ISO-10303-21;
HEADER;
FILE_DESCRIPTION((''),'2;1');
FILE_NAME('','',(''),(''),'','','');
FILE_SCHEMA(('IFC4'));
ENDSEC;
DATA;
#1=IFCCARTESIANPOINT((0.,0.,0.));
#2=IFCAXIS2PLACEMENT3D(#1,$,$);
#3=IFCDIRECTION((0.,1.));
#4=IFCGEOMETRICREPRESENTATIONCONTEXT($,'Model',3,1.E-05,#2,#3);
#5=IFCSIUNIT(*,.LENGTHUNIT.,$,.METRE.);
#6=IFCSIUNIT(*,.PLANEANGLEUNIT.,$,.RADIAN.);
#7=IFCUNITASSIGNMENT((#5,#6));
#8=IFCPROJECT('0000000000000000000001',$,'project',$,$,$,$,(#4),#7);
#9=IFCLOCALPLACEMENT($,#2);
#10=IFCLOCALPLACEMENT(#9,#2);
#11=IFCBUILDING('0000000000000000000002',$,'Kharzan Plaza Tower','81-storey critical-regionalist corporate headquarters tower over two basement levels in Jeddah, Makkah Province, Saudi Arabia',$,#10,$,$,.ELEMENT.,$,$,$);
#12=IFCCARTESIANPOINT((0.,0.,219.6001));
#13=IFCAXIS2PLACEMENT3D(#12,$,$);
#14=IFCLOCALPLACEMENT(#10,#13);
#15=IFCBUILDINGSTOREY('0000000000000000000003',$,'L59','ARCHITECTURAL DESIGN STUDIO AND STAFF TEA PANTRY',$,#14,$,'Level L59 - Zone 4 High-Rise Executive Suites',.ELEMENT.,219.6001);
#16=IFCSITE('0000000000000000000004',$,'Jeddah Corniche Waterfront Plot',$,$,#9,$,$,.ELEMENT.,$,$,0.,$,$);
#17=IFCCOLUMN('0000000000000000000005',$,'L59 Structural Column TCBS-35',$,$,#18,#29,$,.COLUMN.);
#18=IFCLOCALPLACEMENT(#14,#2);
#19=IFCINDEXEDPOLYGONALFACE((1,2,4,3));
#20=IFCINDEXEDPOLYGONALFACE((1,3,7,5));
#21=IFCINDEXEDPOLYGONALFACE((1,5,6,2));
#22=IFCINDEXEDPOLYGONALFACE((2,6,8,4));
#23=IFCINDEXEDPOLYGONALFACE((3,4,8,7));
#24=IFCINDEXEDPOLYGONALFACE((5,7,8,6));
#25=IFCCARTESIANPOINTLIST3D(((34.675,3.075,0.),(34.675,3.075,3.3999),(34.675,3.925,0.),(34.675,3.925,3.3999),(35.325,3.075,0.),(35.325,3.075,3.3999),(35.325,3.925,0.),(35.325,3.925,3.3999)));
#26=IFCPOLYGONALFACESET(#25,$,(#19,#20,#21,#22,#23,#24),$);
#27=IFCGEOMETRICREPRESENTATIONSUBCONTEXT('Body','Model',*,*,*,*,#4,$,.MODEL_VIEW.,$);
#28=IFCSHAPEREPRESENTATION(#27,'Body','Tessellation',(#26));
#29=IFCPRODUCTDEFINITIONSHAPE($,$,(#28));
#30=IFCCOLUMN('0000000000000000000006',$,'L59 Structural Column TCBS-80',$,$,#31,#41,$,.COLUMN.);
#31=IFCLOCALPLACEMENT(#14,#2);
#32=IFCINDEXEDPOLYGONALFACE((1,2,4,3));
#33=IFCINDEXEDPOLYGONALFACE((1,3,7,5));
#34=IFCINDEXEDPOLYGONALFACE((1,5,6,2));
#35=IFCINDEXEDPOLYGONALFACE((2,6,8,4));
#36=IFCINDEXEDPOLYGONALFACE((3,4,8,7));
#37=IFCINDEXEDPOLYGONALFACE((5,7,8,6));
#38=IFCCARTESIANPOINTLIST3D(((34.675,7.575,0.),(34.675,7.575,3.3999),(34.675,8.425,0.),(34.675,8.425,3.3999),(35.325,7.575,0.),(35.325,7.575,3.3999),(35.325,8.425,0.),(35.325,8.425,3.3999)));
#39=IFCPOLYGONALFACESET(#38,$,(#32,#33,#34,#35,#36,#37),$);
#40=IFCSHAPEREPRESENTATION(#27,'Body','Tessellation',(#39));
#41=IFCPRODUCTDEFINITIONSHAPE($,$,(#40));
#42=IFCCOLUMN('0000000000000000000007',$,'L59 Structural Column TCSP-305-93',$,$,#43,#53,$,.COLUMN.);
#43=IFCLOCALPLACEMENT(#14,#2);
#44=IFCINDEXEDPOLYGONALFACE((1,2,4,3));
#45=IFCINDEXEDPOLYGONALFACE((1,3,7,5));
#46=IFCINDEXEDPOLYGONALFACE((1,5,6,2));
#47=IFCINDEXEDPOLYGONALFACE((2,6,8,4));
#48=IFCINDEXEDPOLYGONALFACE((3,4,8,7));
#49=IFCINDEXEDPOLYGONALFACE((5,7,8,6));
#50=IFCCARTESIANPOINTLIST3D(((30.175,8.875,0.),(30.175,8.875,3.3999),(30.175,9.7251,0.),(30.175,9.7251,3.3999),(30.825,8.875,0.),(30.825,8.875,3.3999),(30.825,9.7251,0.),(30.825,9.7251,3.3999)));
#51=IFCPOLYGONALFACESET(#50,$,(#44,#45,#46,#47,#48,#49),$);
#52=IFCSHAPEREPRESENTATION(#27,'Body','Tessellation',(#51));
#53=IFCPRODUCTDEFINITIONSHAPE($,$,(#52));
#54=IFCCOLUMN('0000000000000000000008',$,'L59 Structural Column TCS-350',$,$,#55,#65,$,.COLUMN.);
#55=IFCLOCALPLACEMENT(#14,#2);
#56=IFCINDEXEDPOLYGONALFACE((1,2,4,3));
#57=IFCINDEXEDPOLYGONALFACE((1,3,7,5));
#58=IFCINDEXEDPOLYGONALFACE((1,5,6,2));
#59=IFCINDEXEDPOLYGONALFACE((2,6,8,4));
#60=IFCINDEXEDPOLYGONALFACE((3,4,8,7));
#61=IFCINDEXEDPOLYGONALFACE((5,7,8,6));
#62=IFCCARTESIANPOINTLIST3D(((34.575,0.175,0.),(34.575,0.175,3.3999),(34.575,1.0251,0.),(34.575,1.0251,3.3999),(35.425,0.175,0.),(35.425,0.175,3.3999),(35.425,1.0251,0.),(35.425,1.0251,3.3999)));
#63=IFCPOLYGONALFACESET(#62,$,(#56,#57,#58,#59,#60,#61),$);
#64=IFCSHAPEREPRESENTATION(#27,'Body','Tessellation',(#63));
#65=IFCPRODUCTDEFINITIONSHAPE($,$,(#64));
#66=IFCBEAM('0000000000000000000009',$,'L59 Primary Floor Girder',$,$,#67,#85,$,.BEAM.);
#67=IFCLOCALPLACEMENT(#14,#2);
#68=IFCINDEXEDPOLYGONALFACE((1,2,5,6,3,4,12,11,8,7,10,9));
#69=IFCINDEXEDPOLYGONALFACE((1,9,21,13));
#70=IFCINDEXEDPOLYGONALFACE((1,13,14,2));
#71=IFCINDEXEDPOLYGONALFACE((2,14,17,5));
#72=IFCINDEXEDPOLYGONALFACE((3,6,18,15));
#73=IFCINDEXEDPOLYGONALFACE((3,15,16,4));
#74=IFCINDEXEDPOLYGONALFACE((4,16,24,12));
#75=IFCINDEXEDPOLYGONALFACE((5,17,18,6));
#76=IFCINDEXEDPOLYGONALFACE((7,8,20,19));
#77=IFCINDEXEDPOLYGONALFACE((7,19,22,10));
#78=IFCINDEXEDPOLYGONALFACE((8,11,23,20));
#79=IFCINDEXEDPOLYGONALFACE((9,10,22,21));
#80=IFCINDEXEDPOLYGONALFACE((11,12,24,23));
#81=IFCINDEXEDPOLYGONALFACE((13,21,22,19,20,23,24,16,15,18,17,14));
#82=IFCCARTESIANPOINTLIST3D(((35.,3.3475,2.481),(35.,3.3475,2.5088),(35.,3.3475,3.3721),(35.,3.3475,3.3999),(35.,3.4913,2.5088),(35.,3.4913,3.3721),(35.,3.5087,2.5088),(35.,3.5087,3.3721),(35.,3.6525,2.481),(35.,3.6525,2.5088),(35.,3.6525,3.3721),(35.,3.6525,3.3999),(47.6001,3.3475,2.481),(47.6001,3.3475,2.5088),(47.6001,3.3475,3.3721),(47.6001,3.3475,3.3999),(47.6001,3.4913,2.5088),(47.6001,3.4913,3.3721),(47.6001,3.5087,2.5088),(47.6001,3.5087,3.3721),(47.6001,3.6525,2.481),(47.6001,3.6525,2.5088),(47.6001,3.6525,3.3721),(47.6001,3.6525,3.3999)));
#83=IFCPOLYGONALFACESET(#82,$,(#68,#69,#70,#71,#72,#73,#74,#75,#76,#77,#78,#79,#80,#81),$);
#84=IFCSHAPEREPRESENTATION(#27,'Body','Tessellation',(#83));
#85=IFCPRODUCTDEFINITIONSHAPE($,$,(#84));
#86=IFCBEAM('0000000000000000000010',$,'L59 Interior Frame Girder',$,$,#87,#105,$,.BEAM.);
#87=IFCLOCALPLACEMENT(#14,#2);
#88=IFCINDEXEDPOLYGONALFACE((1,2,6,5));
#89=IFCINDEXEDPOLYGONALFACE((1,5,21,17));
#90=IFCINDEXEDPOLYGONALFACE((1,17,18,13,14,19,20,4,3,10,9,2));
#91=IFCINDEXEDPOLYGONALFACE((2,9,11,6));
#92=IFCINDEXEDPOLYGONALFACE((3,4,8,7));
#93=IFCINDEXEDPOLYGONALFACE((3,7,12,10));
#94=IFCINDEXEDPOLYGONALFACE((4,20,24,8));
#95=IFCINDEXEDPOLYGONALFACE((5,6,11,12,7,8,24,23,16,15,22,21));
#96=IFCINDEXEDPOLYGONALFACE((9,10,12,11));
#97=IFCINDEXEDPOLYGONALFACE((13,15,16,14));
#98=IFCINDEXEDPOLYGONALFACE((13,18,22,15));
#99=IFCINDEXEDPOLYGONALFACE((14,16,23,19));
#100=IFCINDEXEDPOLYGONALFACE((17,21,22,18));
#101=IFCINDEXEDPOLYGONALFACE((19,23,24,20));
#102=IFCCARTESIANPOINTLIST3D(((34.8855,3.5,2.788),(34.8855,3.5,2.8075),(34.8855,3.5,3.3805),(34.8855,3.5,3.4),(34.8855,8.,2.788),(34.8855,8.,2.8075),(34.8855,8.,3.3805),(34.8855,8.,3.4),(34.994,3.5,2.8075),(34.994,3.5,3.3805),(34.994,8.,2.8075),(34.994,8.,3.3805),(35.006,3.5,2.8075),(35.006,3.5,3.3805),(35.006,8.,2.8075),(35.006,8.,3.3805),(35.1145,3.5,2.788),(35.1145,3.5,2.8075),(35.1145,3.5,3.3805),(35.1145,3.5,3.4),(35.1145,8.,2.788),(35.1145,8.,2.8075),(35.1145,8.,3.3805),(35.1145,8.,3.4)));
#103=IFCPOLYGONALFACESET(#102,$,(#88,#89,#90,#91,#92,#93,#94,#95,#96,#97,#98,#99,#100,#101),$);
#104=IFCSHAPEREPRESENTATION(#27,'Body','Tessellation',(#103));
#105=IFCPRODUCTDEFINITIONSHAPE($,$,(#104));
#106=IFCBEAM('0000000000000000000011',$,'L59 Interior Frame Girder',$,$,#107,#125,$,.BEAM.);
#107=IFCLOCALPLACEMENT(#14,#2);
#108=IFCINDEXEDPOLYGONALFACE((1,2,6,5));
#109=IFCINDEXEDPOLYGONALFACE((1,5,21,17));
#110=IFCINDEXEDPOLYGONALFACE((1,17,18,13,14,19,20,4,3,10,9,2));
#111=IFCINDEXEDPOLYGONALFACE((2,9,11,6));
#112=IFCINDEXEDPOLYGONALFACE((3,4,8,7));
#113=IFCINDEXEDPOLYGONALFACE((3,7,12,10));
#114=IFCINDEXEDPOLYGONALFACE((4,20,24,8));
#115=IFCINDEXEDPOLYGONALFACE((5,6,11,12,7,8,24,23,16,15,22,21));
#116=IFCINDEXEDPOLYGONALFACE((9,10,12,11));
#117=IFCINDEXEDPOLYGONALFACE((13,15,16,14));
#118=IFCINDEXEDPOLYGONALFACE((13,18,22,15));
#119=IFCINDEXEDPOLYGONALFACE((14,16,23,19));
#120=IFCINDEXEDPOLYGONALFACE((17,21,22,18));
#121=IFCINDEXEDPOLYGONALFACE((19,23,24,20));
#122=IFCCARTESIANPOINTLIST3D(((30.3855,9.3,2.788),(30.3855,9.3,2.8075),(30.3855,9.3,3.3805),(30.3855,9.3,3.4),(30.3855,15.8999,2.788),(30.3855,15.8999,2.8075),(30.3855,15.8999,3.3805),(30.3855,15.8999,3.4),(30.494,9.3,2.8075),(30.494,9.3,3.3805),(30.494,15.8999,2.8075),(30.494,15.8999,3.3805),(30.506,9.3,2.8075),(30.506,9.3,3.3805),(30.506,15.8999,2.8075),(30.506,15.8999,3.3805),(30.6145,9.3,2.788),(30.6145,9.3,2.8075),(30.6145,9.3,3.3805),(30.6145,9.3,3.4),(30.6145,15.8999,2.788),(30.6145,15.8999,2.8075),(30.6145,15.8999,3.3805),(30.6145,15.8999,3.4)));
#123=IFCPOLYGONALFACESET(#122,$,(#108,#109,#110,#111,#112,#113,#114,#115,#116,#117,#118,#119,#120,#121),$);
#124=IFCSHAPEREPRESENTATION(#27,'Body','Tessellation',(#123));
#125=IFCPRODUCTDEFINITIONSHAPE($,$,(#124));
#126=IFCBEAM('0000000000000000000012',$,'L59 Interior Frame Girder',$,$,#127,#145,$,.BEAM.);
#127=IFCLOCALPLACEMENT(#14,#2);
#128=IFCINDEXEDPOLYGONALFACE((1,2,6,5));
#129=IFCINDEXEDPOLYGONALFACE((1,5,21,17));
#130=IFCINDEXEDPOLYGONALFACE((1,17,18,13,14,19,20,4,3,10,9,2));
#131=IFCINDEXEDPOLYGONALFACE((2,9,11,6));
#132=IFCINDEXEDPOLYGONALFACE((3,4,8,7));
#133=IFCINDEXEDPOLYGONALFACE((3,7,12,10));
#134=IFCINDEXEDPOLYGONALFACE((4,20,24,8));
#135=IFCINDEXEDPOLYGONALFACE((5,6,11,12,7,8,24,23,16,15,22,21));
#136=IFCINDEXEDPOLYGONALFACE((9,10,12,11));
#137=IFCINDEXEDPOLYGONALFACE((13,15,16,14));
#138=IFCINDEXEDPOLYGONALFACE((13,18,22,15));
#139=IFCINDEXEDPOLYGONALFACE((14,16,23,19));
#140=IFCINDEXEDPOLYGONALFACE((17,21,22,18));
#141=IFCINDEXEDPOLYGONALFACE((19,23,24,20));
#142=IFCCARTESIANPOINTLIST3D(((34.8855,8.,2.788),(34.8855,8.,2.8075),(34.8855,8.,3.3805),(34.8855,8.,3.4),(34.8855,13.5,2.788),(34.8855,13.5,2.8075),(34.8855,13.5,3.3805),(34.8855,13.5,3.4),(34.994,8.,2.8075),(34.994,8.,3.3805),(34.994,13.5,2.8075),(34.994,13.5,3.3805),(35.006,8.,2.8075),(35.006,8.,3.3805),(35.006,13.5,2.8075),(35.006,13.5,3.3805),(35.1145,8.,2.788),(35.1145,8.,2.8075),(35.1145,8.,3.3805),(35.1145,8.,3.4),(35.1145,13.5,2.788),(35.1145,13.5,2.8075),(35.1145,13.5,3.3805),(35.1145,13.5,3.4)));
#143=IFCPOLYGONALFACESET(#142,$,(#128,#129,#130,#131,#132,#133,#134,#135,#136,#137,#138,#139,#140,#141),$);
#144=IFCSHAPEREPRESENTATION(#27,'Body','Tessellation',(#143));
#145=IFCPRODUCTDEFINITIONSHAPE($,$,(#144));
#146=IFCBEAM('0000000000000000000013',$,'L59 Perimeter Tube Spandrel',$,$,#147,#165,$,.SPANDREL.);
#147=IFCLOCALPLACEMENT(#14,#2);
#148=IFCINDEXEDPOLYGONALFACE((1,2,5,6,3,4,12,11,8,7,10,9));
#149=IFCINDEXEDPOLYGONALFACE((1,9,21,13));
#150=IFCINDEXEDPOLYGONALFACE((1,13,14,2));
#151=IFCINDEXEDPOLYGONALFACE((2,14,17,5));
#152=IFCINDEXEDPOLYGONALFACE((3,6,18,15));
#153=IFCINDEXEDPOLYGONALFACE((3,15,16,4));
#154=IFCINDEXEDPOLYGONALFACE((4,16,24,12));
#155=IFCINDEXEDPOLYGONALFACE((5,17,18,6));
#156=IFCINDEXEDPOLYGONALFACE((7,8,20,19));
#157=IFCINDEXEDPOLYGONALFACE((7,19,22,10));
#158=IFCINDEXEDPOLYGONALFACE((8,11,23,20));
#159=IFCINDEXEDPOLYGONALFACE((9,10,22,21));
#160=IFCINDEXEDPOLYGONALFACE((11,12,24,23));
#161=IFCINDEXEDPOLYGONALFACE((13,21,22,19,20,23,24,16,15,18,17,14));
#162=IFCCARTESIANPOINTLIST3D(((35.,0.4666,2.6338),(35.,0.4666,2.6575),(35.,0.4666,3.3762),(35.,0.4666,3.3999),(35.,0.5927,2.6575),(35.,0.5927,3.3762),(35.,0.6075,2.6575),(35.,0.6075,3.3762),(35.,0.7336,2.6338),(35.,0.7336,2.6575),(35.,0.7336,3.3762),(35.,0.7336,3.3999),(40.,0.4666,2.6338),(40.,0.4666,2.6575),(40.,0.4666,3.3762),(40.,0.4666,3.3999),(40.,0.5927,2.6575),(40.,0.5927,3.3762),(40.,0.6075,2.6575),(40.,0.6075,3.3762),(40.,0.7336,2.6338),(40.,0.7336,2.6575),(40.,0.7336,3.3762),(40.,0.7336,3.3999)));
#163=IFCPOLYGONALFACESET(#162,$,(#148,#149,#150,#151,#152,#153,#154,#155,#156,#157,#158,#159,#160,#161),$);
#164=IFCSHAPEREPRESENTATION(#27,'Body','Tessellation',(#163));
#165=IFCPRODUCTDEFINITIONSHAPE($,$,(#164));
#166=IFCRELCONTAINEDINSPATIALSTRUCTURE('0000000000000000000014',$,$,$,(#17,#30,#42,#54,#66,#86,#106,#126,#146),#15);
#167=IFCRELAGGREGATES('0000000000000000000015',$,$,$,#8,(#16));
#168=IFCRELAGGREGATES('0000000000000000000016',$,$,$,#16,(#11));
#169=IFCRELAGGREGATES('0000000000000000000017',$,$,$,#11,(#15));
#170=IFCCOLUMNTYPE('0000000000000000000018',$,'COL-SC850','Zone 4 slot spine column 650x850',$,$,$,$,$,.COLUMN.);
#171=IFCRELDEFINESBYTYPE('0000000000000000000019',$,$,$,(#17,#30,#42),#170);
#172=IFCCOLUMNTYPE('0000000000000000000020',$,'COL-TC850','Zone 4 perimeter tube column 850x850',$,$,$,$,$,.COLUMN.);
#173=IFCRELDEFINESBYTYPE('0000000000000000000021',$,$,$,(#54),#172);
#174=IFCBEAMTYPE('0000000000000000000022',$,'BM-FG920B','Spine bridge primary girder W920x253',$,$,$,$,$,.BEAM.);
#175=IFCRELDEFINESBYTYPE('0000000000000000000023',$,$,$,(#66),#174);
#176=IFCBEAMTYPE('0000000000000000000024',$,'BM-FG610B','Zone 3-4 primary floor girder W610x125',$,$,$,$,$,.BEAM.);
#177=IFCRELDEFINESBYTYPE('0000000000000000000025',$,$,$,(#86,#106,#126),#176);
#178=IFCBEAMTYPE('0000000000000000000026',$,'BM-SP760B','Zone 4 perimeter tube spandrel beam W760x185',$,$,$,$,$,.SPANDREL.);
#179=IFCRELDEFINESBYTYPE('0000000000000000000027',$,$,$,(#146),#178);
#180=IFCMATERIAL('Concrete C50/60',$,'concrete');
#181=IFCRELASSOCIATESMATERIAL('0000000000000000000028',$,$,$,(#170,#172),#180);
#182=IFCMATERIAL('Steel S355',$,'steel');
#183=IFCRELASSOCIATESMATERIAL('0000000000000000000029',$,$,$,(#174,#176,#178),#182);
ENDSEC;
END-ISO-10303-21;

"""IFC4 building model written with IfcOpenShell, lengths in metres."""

from ifc_helpers import new_model, si_unit, direction, frame, origin, origin_2d, place, context, subcontext, project, spatial, rectangle, i_section, extrude, source, transform, mapped, material, material_profile, profile_set, type_object, element, save


model = new_model("IFC4")

# Units and contexts
model_context = context("Model", 3, precision=1e-05, world=origin(), true_north=direction((0.0, 1.0)))
body_context = subcontext(model_context, "Body", "Model", "MODEL_VIEW")
ifc_project = project(units=[si_unit("LENGTHUNIT", "METRE"), si_unit("PLANEANGLEUNIT", "RADIAN")], contexts=[model_context])

# Site, building, storey
site_placement = place(None, origin())
site = spatial("IfcSite", under=ifc_project, at=site_placement, Name="Jeddah Corniche Waterfront Plot", CompositionType="ELEMENT", RefElevation=0.0)
building_placement = place(site_placement, origin())
building = spatial("IfcBuilding", under=site, at=building_placement, Name="Kharzan Plaza Tower", Description="81-storey critical-regionalist corporate headquarters tower over two basement levels in Jeddah, Makkah Province, Saudi Arabia", CompositionType="ELEMENT")
storey_placement = place(building_placement, frame((0.0, 0.0, 219.6001)))
storey = spatial("IfcBuildingStorey", under=building, at=storey_placement, Name="L59", Description="ARCHITECTURAL DESIGN STUDIO AND STAFF TEA PANTRY", LongName="Level L59 - Zone 4 High-Rise Executive Suites", CompositionType="ELEMENT", Elevation=219.6001)

# Columns
ifc_material_1 = material(Name="Concrete C50/60", Category="concrete")
ifc_material_profile_1 = material_profile(ifc_material_1, rectangle(XDim=0.6499, YDim=0.8501, at=origin_2d()), Name="RC-SC850x650")
ifc_profile_set_1 = profile_set([ifc_material_profile_1], Name="Concrete C50/60")
column_type_1 = type_object("IfcColumnType", Name="COL-SC850", Description="Zone 4 slot spine column 650x850", PredefinedType="COLUMN", material=ifc_profile_set_1)
shared_shape_1 = source(origin(), body_context, "Body", "SweptSolid", [
    extrude(rectangle(XDim=0.6499, YDim=0.8501, at=origin_2d()), origin(), (0.0, 0.0, 1.0), 3.3999),
])
for number, where, z_axis, x_axis, name in (
    (1, (35.0, 3.5, 0.0), (0.0, 0.0, 1.0), (1.0, 0.0, 0.0), "L59 Structural Column TCBS-35"),
    (2, (35.0, 8.0, 0.0), (0.0, 0.0, 1.0), (1.0, 0.0, 0.0), "L59 Structural Column TCBS-80"),
    (3, (30.5, 9.3, 0.0), (0.0, 0.0, 1.0), (1.0, 0.0, 0.0), "L59 Structural Column TCSP-305-93"),
):
    element("IfcColumn", number, at=place(storey_placement, frame(where, z_axis=z_axis, x_axis=x_axis)), inside=storey, type_object=column_type_1, Name=name, PredefinedType="COLUMN", context=body_context, shape_type="MappedRepresentation", body=[
        mapped(shared_shape_1, transform((0.0, 0.0, 0.0), x_axis=(1.0, 0.0, 0.0), y_axis=(0.0, 1.0, 0.0), z_axis=(0.0, 0.0, 1.0))),
    ])
ifc_material_profile_2 = material_profile(ifc_material_1, rectangle(XDim=0.8501, YDim=0.8501, at=origin_2d()), Name="RC-TC850x850")
ifc_profile_set_2 = profile_set([ifc_material_profile_2], Name="Concrete C50/60")
column_type_2 = type_object("IfcColumnType", Name="COL-TC850", Description="Zone 4 perimeter tube column 850x850", PredefinedType="COLUMN", material=ifc_profile_set_2)
shared_shape_2 = source(origin(), body_context, "Body", "SweptSolid", [
    extrude(rectangle(XDim=0.8501, YDim=0.8501, at=origin_2d()), origin(), (0.0, 0.0, 1.0), 3.3999),
])
column_placement = place(storey_placement, frame((35.0, 0.6001, 0.0), z_axis=(0.0, 0.0, 1.0), x_axis=(1.0, 0.0, 0.0)))
element("IfcColumn", 4, at=column_placement, inside=storey, type_object=column_type_2, Name="L59 Structural Column TCS-350", PredefinedType="COLUMN", context=body_context, shape_type="MappedRepresentation", body=[
    mapped(shared_shape_2, transform((0.0, 0.0, 0.0), x_axis=(1.0, 0.0, 0.0), y_axis=(0.0, 1.0, 0.0), z_axis=(0.0, 0.0, 1.0))),
])

# Beams
ifc_material_2 = material(Name="Steel S355", Category="steel")
ifc_material_profile_3 = material_profile(ifc_material_2, i_section(OverallWidth=0.3049, OverallDepth=0.9189, WebThickness=0.0173, FlangeThickness=0.0278, at=origin_2d()), Name="W920x253")
ifc_profile_set_3 = profile_set([ifc_material_profile_3], Name="Steel S355")
beam_type_1 = type_object("IfcBeamType", Name="BM-FG920B", Description="Spine bridge primary girder W920x253", PredefinedType="BEAM", material=ifc_profile_set_3)
shared_shape_3 = source(origin(), body_context, "Body", "SweptSolid", [
    extrude(i_section(OverallWidth=0.3049, OverallDepth=0.9189, WebThickness=0.0173, FlangeThickness=0.0278, at=origin_2d()), origin(), (0.0, 0.0, 1.0), 12.6001),
])
beam_1_placement = place(storey_placement, frame((35.0, 3.5, 2.9404), z_axis=(1.0, 0.0, 0.0), x_axis=(0.0, 1.0, 0.0)))
element("IfcBeam", 5, at=beam_1_placement, inside=storey, type_object=beam_type_1, Name="L59 Primary Floor Girder", PredefinedType="BEAM", context=body_context, shape_type="MappedRepresentation", body=[
    mapped(shared_shape_3, transform((0.0, 0.0, 0.0), x_axis=(1.0, 0.0, 0.0), y_axis=(0.0, 1.0, 0.0), z_axis=(0.0, 0.0, 1.0))),
])
ifc_material_profile_4 = material_profile(ifc_material_2, i_section(OverallWidth=0.229, OverallDepth=0.6121, WebThickness=0.012, FlangeThickness=0.0195, at=origin_2d()), Name="W610x125")
ifc_profile_set_4 = profile_set([ifc_material_profile_4], Name="Steel S355")
beam_type_2 = type_object("IfcBeamType", Name="BM-FG610B", Description="Zone 3-4 primary floor girder W610x125", PredefinedType="BEAM", material=ifc_profile_set_4)
shared_shape_4 = source(origin(), body_context, "Body", "SweptSolid", [
    extrude(i_section(OverallWidth=0.229, OverallDepth=0.6121, WebThickness=0.012, FlangeThickness=0.0195, at=origin_2d()), origin(), (0.0, 0.0, 1.0), 4.5),
])
beam_2_placement = place(storey_placement, frame((35.0, 3.5, 3.094), z_axis=(0.0, 1.0, 0.0), x_axis=(-1.0, 0.0, 0.0)))
element("IfcBeam", 6, at=beam_2_placement, inside=storey, type_object=beam_type_2, Name="L59 Interior Frame Girder", PredefinedType="BEAM", context=body_context, shape_type="MappedRepresentation", body=[
    mapped(shared_shape_4, transform((0.0, 0.0, 0.0), x_axis=(1.0, 0.0, 0.0), y_axis=(0.0, 1.0, 0.0), z_axis=(0.0, 0.0, 1.0))),
])
shared_shape_5 = source(origin(), body_context, "Body", "SweptSolid", [
    extrude(i_section(OverallWidth=0.229, OverallDepth=0.6121, WebThickness=0.012, FlangeThickness=0.0195, at=origin_2d()), origin(), (0.0, 0.0, 1.0), 6.5999),
])
beam_3_placement = place(storey_placement, frame((30.5, 9.3, 3.094), z_axis=(0.0, 1.0, 0.0), x_axis=(-1.0, 0.0, 0.0)))
element("IfcBeam", 7, at=beam_3_placement, inside=storey, type_object=beam_type_2, Name="L59 Interior Frame Girder", PredefinedType="BEAM", context=body_context, shape_type="MappedRepresentation", body=[
    mapped(shared_shape_5, transform((0.0, 0.0, 0.0), x_axis=(1.0, 0.0, 0.0), y_axis=(0.0, 1.0, 0.0), z_axis=(0.0, 0.0, 1.0))),
])
shared_shape_6 = source(origin(), body_context, "Body", "SweptSolid", [
    extrude(i_section(OverallWidth=0.229, OverallDepth=0.6121, WebThickness=0.012, FlangeThickness=0.0195, at=origin_2d()), origin(), (0.0, 0.0, 1.0), 5.5),
])
beam_4_placement = place(storey_placement, frame((35.0, 8.0, 3.094), z_axis=(0.0, 1.0, 0.0), x_axis=(-1.0, 0.0, 0.0)))
element("IfcBeam", 8, at=beam_4_placement, inside=storey, type_object=beam_type_2, Name="L59 Interior Frame Girder", PredefinedType="BEAM", context=body_context, shape_type="MappedRepresentation", body=[
    mapped(shared_shape_6, transform((0.0, 0.0, 0.0), x_axis=(1.0, 0.0, 0.0), y_axis=(0.0, 1.0, 0.0), z_axis=(0.0, 0.0, 1.0))),
])
ifc_material_profile_5 = material_profile(ifc_material_2, i_section(OverallWidth=0.2671, OverallDepth=0.7661, WebThickness=0.0149, FlangeThickness=0.0237, at=origin_2d()), Name="W760x185")
ifc_profile_set_5 = profile_set([ifc_material_profile_5], Name="Steel S355")
beam_type_3 = type_object("IfcBeamType", Name="BM-SP760B", Description="Zone 4 perimeter tube spandrel beam W760x185", PredefinedType="SPANDREL", material=ifc_profile_set_5)
shared_shape_7 = source(origin(), body_context, "Body", "SweptSolid", [
    extrude(i_section(OverallWidth=0.2671, OverallDepth=0.7661, WebThickness=0.0149, FlangeThickness=0.0237, at=origin_2d()), origin(), (0.0, 0.0, 1.0), 5.0),
])
beam_5_placement = place(storey_placement, frame((35.0, 0.6001, 3.0168), z_axis=(1.0, 0.0, 0.0), x_axis=(0.0, 1.0, 0.0)))
element("IfcBeam", 9, at=beam_5_placement, inside=storey, type_object=beam_type_3, Name="L59 Perimeter Tube Spandrel", PredefinedType="SPANDREL", context=body_context, shape_type="MappedRepresentation", body=[
    mapped(shared_shape_7, transform((0.0, 0.0, 0.0), x_axis=(1.0, 0.0, 0.0), y_axis=(0.0, 1.0, 0.0), z_axis=(0.0, 0.0, 1.0))),
])

save(model, "model.ifc")
